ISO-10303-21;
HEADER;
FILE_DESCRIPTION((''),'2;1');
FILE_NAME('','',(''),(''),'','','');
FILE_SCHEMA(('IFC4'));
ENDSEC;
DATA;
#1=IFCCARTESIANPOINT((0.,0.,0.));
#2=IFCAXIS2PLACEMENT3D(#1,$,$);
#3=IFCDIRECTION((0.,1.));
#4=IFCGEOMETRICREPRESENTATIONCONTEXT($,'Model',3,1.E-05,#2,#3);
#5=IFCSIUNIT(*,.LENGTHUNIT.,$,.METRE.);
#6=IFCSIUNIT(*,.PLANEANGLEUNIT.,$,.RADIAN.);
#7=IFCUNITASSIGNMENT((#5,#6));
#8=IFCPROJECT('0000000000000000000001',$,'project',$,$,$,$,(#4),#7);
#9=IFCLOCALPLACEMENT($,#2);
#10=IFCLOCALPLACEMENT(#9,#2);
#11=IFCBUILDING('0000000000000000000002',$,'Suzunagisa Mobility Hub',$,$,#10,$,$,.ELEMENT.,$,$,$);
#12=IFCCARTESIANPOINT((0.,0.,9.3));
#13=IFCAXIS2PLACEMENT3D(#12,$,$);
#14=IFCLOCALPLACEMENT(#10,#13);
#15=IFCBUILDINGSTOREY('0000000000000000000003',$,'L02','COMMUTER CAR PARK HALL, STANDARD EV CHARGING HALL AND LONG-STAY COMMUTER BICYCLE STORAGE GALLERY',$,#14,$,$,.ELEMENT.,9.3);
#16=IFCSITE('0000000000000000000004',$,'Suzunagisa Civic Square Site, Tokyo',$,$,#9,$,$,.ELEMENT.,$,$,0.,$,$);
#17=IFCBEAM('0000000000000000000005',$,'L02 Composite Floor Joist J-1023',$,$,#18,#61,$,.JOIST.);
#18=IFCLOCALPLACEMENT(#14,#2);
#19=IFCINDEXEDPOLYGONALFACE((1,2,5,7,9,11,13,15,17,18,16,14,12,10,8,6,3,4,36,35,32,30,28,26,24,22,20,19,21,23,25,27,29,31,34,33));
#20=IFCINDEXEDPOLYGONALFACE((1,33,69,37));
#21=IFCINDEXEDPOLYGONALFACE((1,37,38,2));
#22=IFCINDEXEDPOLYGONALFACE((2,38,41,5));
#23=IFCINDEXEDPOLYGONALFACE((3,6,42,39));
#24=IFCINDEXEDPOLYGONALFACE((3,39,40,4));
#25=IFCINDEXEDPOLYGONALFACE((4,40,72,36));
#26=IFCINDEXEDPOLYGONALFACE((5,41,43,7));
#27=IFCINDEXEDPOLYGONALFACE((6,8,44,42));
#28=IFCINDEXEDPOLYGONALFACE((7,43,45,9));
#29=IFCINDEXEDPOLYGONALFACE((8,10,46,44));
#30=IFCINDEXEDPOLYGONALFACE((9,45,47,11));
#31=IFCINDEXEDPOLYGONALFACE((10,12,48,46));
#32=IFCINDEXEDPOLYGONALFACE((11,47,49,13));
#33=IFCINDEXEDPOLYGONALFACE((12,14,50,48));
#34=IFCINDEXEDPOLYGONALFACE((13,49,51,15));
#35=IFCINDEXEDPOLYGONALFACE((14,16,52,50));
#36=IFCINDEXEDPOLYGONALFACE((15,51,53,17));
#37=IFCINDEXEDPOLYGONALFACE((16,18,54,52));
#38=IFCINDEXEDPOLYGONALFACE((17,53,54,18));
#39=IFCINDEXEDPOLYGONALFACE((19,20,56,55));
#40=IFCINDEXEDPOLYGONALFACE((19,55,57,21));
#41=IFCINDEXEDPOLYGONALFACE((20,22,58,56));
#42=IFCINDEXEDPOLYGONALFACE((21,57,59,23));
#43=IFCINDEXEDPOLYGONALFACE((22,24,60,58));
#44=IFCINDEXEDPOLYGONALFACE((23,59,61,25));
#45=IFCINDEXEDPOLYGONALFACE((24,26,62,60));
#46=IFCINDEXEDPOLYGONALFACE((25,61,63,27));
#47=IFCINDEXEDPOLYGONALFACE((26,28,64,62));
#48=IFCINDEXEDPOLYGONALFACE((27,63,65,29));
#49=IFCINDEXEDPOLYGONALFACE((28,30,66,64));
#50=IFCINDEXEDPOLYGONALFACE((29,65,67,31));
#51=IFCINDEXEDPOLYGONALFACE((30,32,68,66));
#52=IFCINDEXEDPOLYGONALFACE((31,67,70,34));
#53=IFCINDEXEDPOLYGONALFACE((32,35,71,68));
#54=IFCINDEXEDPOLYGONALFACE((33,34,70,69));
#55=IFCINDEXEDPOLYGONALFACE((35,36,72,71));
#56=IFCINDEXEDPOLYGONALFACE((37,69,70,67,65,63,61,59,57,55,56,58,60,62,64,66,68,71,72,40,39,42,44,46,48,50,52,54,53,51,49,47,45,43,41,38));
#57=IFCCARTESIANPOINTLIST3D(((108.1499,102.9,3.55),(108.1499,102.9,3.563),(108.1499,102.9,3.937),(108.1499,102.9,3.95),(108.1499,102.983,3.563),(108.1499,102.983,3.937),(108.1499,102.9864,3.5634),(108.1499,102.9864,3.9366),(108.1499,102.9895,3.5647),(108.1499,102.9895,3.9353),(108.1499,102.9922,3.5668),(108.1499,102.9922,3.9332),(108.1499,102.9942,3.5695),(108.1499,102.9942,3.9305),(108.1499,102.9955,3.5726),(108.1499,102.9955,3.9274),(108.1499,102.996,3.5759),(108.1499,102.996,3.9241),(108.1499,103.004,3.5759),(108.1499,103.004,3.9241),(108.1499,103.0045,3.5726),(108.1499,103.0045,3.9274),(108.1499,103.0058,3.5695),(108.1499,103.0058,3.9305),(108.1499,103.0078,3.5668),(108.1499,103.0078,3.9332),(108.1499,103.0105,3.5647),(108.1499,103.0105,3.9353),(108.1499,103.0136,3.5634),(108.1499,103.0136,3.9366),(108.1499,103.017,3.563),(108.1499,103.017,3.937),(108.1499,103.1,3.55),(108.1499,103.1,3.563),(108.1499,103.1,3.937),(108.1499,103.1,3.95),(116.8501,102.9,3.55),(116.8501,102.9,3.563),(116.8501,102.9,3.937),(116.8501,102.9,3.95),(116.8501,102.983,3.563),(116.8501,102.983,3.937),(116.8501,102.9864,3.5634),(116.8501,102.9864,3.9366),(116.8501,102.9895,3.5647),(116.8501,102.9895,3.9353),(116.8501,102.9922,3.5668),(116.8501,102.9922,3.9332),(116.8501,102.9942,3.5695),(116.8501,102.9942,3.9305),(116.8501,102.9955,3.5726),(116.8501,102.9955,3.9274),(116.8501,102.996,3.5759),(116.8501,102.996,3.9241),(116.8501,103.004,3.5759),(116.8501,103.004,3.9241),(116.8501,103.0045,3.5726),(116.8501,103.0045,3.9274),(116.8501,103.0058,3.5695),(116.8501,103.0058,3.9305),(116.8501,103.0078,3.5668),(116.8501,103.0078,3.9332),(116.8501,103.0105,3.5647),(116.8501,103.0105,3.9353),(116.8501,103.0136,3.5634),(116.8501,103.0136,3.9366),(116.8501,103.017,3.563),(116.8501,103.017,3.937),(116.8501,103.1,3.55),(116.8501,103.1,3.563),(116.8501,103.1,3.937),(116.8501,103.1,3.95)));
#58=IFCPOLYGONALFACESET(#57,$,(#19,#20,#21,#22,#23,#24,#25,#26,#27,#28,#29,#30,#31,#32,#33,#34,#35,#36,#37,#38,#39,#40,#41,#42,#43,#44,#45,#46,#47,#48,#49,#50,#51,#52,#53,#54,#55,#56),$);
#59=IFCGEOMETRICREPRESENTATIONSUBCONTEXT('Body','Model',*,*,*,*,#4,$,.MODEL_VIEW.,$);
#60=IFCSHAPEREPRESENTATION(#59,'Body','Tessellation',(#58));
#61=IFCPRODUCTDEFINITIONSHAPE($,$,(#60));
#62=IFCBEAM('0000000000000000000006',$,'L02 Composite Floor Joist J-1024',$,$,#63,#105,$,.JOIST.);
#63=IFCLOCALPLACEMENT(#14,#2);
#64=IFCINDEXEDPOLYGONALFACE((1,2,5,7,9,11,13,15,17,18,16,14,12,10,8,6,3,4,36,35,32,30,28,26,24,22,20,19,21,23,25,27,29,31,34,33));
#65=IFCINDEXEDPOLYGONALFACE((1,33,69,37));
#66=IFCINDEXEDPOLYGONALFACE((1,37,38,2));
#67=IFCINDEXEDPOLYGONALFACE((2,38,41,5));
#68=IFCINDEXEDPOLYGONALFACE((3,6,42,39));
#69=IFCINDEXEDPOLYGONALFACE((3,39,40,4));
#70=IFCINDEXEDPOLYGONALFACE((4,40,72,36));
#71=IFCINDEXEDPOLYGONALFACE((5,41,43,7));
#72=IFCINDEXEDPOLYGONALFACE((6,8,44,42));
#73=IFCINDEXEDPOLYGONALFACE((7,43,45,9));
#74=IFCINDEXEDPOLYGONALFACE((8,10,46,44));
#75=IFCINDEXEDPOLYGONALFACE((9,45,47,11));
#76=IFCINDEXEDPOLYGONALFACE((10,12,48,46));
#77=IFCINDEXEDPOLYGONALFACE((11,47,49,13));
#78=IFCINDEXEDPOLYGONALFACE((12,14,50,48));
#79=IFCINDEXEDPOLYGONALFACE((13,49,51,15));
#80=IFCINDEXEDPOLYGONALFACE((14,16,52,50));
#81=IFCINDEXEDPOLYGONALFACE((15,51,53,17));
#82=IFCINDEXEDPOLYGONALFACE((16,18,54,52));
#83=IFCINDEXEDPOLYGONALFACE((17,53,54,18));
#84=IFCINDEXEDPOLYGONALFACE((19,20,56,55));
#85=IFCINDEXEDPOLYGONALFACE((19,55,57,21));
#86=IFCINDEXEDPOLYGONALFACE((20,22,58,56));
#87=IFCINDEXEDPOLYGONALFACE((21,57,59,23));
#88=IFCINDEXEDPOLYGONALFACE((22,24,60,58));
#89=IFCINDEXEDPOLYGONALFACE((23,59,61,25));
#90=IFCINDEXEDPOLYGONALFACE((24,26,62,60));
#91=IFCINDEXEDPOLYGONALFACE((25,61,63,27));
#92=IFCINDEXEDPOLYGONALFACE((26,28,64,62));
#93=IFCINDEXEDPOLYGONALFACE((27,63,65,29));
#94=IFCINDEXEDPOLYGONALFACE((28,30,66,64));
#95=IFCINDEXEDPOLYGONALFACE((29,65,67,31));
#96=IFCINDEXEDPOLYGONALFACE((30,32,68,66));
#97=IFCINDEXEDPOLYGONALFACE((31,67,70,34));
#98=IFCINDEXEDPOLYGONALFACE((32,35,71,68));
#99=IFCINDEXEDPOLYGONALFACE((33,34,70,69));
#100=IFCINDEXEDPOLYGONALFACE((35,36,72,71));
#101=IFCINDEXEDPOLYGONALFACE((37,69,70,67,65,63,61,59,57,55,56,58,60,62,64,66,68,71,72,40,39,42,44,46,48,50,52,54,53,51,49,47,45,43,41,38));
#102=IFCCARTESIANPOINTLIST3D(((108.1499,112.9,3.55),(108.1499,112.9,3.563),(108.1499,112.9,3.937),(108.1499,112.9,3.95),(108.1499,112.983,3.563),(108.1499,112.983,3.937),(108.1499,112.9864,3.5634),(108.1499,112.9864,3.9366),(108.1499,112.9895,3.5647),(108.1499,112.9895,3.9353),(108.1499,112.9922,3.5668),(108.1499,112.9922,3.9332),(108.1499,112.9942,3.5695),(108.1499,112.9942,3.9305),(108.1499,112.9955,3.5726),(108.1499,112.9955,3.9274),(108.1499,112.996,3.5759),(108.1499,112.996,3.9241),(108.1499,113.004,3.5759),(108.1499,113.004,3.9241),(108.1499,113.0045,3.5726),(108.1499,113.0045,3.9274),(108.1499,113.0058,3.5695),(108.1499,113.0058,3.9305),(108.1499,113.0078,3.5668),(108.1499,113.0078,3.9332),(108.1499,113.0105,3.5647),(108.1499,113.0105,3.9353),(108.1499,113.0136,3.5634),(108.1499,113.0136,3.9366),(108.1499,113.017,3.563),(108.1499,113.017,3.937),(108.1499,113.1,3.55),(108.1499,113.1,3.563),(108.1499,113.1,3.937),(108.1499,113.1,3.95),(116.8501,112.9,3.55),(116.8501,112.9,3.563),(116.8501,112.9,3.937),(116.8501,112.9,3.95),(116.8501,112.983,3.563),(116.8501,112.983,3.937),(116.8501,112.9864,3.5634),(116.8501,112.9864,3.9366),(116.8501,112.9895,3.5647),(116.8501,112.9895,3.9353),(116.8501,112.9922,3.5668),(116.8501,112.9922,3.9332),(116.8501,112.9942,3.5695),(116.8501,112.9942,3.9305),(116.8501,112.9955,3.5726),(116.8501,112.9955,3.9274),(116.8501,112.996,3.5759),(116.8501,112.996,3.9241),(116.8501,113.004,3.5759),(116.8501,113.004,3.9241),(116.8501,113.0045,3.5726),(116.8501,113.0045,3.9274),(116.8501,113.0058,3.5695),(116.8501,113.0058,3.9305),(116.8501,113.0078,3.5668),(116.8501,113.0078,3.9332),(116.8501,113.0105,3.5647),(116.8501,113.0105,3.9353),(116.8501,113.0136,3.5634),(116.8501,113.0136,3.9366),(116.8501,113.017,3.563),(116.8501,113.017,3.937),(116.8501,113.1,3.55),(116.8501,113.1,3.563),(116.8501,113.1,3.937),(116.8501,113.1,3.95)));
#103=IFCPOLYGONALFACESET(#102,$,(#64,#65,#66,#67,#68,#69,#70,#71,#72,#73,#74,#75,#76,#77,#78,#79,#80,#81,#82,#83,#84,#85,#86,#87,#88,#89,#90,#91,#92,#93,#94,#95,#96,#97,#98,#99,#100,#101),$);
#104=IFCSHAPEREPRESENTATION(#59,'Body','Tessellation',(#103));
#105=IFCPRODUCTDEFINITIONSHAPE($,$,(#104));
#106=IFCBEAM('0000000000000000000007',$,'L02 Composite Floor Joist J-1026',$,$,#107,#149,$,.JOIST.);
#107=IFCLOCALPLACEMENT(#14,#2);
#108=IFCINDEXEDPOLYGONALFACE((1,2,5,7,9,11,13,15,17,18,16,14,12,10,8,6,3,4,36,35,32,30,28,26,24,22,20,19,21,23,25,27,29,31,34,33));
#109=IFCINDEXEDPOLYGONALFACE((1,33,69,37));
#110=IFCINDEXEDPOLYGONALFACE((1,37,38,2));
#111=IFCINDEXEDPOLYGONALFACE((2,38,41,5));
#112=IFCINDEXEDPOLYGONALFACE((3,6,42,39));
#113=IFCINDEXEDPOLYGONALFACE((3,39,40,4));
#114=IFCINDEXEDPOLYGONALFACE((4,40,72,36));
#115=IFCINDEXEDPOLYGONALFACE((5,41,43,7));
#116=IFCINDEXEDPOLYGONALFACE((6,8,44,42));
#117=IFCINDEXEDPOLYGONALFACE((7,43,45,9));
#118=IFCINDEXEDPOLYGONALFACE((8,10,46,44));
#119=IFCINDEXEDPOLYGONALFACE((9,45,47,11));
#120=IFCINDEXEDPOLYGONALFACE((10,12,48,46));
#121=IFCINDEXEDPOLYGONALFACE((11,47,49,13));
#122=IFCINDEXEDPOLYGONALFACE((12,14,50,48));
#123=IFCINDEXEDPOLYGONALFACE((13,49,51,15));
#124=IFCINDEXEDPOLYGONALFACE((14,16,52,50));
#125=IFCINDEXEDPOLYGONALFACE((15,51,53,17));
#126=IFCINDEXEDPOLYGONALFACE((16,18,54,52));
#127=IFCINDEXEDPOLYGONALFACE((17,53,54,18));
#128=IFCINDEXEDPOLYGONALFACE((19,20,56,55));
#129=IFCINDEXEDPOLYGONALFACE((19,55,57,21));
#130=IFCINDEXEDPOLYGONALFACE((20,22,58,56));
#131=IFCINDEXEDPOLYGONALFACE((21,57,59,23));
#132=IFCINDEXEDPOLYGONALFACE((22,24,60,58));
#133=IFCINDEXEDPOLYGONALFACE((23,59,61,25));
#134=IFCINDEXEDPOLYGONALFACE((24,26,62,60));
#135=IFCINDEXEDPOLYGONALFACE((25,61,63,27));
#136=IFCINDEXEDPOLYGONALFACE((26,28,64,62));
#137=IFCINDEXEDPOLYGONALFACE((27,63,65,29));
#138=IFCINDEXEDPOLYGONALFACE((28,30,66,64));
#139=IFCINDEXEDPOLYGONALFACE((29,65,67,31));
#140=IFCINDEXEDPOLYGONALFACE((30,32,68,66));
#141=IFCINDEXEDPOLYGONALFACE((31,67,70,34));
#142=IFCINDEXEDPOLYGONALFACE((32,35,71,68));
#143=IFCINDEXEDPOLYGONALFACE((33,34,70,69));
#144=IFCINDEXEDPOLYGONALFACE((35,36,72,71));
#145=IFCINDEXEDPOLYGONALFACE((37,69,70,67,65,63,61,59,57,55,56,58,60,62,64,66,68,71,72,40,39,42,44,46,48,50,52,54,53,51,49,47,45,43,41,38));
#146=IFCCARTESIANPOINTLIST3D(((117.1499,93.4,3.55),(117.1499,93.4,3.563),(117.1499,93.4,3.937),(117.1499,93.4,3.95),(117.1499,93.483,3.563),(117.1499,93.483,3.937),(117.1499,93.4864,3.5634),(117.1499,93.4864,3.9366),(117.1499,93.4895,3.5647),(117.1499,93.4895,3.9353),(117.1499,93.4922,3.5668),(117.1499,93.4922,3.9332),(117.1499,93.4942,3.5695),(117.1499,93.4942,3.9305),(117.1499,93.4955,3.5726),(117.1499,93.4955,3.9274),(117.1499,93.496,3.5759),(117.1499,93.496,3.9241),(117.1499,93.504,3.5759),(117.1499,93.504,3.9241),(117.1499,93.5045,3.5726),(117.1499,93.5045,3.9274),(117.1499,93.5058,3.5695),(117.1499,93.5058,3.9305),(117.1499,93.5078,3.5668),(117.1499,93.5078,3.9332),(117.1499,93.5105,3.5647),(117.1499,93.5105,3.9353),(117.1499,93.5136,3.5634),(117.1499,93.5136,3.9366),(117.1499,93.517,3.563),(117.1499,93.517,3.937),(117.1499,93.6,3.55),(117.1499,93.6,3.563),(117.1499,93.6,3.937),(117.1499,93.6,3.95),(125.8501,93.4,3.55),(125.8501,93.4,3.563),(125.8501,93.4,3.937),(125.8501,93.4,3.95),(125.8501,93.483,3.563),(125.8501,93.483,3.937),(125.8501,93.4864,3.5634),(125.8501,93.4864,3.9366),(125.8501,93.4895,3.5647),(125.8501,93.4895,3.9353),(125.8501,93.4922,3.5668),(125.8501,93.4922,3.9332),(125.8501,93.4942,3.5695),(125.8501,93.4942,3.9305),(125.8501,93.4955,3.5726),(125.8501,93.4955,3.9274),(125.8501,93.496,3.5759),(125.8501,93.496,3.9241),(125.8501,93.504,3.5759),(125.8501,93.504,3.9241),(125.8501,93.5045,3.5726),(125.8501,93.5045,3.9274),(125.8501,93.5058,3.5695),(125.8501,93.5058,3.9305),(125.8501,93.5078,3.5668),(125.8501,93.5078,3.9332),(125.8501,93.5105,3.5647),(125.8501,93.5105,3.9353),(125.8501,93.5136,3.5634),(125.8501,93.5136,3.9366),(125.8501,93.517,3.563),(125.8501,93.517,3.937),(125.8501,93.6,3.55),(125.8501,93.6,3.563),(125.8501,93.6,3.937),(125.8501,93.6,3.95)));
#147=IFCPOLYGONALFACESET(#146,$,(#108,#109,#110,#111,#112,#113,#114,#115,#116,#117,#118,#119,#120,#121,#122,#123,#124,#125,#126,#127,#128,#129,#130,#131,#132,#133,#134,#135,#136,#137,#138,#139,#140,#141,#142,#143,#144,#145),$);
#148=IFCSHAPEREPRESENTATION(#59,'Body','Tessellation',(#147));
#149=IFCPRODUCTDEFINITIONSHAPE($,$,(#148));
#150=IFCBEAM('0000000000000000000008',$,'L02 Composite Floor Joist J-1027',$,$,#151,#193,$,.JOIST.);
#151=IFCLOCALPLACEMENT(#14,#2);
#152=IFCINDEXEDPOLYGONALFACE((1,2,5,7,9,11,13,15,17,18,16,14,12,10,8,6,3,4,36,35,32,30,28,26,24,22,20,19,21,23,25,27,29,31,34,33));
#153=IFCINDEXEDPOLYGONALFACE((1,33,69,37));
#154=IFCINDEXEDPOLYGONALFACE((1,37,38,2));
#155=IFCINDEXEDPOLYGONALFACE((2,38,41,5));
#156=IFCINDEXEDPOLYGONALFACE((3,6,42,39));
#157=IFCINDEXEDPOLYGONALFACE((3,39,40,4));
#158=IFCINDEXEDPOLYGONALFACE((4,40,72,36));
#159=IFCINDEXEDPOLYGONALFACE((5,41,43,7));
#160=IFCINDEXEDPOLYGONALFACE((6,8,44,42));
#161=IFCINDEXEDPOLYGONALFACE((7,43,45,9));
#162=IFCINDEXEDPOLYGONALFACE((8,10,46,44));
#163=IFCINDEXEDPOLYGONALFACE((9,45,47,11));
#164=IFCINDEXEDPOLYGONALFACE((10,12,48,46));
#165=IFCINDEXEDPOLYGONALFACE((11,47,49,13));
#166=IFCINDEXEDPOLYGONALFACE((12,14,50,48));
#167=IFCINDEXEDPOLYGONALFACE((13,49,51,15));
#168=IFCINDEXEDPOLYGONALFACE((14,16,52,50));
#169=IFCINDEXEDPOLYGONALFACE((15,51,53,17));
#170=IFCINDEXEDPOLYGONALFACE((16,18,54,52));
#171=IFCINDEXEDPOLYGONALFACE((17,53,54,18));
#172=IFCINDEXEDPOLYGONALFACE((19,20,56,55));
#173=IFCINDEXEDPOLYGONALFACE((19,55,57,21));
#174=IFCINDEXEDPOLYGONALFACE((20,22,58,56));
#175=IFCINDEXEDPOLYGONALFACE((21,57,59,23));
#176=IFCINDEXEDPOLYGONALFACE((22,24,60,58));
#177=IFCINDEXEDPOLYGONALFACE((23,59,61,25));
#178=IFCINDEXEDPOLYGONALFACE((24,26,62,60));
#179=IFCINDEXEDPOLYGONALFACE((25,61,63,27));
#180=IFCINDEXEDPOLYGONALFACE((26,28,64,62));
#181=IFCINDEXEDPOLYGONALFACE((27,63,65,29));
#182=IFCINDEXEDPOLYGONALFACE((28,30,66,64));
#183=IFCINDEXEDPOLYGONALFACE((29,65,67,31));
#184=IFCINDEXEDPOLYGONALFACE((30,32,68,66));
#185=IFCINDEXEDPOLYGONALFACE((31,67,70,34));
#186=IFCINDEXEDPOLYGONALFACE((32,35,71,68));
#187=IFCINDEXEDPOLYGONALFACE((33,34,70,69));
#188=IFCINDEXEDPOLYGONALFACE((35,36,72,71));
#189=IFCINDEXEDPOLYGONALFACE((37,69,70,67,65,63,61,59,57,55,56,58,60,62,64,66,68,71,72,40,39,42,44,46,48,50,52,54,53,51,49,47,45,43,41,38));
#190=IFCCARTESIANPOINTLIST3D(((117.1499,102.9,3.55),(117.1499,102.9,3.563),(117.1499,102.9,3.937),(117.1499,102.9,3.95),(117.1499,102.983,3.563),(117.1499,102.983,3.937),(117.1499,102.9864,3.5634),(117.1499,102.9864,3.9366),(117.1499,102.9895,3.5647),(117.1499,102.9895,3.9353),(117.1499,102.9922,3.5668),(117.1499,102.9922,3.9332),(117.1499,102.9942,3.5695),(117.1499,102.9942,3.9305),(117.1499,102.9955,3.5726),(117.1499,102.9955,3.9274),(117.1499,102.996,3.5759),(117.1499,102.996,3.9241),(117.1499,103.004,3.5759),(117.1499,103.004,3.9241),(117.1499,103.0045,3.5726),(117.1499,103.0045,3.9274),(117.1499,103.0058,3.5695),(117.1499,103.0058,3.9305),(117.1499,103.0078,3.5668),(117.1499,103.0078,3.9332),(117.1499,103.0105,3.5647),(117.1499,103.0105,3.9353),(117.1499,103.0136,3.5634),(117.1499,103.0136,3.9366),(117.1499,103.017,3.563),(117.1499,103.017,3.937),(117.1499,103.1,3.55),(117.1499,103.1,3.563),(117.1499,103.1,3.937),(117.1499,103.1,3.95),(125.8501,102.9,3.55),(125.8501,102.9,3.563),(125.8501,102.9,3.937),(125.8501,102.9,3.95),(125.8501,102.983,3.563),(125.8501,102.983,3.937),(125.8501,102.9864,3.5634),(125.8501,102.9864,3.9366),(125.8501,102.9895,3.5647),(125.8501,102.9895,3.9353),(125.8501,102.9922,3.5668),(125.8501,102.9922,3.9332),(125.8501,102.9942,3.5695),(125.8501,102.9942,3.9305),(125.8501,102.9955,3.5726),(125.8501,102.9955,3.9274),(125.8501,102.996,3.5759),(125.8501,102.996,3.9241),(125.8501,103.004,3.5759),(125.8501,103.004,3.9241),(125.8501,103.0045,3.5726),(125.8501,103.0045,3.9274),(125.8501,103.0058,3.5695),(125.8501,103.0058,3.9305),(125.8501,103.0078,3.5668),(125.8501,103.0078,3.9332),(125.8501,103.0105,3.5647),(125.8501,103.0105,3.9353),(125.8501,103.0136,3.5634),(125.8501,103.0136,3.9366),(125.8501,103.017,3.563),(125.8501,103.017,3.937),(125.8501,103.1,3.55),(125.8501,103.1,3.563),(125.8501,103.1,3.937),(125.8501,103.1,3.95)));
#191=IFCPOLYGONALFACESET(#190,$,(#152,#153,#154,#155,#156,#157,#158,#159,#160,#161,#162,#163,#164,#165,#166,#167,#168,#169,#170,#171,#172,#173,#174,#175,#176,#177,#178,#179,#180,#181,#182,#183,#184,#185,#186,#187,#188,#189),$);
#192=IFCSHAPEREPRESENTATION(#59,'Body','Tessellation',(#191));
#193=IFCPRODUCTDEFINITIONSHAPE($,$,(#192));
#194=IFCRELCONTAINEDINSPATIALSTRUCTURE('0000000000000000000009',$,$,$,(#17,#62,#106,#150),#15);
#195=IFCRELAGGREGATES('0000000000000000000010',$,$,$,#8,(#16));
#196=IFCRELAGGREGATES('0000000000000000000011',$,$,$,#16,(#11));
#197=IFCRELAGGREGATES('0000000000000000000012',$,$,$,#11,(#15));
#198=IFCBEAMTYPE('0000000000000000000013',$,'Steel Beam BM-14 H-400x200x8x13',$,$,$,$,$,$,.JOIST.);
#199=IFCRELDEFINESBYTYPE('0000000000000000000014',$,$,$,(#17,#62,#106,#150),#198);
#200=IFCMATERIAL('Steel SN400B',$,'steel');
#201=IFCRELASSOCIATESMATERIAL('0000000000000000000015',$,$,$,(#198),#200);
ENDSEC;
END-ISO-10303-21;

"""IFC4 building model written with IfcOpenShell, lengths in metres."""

from ifc_helpers import new_model, si_unit, direction, frame, origin, origin_2d, place, context, subcontext, project, spatial, i_section, extrude, material, material_profile, profile_set, type_object, element, save


model = new_model("IFC4")

# Units and contexts
model_context = context("Model", 3, precision=1e-05, world=origin(), true_north=direction((0.0, 1.0)))
body_context = subcontext(model_context, "Body", "Model", "MODEL_VIEW")
ifc_project = project(units=[si_unit("LENGTHUNIT", "METRE"), si_unit("PLANEANGLEUNIT", "RADIAN")], contexts=[model_context])

# Site, building, storey
site_placement = place(None, origin())
site = spatial("IfcSite", under=ifc_project, at=site_placement, Name="Suzunagisa Civic Square Site, Tokyo", CompositionType="ELEMENT", RefElevation=0.0)
building_placement = place(site_placement, origin())
building = spatial("IfcBuilding", under=site, at=building_placement, Name="Suzunagisa Mobility Hub", CompositionType="ELEMENT")
storey_placement = place(building_placement, frame((0.0, 0.0, 9.3)))
storey = spatial("IfcBuildingStorey", under=building, at=storey_placement, Name="L02", Description="COMMUTER CAR PARK HALL, STANDARD EV CHARGING HALL AND LONG-STAY COMMUTER BICYCLE STORAGE GALLERY", CompositionType="ELEMENT", Elevation=9.3)

# Beams
ifc_material_1 = material(Name="Steel SN400B", Category="steel")
ifc_material_profile_1 = material_profile(ifc_material_1, i_section(OverallWidth=0.2, OverallDepth=0.3999, WebThickness=0.0081, FlangeThickness=0.0129, FilletRadius=0.0129, at=origin_2d()), Name="H-400x200x8x13")
ifc_profile_set_1 = profile_set([ifc_material_profile_1], Name="Steel SN400B")
beam_type_1 = type_object("IfcBeamType", Name="Steel Beam BM-14 H-400x200x8x13", PredefinedType="JOIST", material=ifc_profile_set_1)
for number, where, z_axis, x_axis, name in (
    (1, (108.1499, 103.0, 3.75), (1.0, 0.0, 0.0), (0.0, 1.0, 0.0), "L02 Composite Floor Joist J-1023"),
    (2, (108.1499, 113.0, 3.75), (1.0, 0.0, 0.0), (0.0, 1.0, 0.0), "L02 Composite Floor Joist J-1024"),
    (3, (117.1499, 93.5, 3.75), (1.0, 0.0, 0.0), (0.0, 1.0, 0.0), "L02 Composite Floor Joist J-1026"),
    (4, (117.1499, 103.0, 3.75), (1.0, 0.0, 0.0), (0.0, 1.0, 0.0), "L02 Composite Floor Joist J-1027"),
):
    element("IfcBeam", number, at=place(storey_placement, frame(where, z_axis=z_axis, x_axis=x_axis)), inside=storey, type_object=beam_type_1, Name=name, PredefinedType="JOIST", context=body_context, shape_type="SweptSolid", body=[
        extrude(i_section(OverallWidth=0.2, OverallDepth=0.3999, WebThickness=0.0081, FlangeThickness=0.0129, FilletRadius=0.0129, at=origin_2d()), origin(), (0.0, 0.0, 1.0), 8.7002),
    ])

save(model, "model.ifc")
